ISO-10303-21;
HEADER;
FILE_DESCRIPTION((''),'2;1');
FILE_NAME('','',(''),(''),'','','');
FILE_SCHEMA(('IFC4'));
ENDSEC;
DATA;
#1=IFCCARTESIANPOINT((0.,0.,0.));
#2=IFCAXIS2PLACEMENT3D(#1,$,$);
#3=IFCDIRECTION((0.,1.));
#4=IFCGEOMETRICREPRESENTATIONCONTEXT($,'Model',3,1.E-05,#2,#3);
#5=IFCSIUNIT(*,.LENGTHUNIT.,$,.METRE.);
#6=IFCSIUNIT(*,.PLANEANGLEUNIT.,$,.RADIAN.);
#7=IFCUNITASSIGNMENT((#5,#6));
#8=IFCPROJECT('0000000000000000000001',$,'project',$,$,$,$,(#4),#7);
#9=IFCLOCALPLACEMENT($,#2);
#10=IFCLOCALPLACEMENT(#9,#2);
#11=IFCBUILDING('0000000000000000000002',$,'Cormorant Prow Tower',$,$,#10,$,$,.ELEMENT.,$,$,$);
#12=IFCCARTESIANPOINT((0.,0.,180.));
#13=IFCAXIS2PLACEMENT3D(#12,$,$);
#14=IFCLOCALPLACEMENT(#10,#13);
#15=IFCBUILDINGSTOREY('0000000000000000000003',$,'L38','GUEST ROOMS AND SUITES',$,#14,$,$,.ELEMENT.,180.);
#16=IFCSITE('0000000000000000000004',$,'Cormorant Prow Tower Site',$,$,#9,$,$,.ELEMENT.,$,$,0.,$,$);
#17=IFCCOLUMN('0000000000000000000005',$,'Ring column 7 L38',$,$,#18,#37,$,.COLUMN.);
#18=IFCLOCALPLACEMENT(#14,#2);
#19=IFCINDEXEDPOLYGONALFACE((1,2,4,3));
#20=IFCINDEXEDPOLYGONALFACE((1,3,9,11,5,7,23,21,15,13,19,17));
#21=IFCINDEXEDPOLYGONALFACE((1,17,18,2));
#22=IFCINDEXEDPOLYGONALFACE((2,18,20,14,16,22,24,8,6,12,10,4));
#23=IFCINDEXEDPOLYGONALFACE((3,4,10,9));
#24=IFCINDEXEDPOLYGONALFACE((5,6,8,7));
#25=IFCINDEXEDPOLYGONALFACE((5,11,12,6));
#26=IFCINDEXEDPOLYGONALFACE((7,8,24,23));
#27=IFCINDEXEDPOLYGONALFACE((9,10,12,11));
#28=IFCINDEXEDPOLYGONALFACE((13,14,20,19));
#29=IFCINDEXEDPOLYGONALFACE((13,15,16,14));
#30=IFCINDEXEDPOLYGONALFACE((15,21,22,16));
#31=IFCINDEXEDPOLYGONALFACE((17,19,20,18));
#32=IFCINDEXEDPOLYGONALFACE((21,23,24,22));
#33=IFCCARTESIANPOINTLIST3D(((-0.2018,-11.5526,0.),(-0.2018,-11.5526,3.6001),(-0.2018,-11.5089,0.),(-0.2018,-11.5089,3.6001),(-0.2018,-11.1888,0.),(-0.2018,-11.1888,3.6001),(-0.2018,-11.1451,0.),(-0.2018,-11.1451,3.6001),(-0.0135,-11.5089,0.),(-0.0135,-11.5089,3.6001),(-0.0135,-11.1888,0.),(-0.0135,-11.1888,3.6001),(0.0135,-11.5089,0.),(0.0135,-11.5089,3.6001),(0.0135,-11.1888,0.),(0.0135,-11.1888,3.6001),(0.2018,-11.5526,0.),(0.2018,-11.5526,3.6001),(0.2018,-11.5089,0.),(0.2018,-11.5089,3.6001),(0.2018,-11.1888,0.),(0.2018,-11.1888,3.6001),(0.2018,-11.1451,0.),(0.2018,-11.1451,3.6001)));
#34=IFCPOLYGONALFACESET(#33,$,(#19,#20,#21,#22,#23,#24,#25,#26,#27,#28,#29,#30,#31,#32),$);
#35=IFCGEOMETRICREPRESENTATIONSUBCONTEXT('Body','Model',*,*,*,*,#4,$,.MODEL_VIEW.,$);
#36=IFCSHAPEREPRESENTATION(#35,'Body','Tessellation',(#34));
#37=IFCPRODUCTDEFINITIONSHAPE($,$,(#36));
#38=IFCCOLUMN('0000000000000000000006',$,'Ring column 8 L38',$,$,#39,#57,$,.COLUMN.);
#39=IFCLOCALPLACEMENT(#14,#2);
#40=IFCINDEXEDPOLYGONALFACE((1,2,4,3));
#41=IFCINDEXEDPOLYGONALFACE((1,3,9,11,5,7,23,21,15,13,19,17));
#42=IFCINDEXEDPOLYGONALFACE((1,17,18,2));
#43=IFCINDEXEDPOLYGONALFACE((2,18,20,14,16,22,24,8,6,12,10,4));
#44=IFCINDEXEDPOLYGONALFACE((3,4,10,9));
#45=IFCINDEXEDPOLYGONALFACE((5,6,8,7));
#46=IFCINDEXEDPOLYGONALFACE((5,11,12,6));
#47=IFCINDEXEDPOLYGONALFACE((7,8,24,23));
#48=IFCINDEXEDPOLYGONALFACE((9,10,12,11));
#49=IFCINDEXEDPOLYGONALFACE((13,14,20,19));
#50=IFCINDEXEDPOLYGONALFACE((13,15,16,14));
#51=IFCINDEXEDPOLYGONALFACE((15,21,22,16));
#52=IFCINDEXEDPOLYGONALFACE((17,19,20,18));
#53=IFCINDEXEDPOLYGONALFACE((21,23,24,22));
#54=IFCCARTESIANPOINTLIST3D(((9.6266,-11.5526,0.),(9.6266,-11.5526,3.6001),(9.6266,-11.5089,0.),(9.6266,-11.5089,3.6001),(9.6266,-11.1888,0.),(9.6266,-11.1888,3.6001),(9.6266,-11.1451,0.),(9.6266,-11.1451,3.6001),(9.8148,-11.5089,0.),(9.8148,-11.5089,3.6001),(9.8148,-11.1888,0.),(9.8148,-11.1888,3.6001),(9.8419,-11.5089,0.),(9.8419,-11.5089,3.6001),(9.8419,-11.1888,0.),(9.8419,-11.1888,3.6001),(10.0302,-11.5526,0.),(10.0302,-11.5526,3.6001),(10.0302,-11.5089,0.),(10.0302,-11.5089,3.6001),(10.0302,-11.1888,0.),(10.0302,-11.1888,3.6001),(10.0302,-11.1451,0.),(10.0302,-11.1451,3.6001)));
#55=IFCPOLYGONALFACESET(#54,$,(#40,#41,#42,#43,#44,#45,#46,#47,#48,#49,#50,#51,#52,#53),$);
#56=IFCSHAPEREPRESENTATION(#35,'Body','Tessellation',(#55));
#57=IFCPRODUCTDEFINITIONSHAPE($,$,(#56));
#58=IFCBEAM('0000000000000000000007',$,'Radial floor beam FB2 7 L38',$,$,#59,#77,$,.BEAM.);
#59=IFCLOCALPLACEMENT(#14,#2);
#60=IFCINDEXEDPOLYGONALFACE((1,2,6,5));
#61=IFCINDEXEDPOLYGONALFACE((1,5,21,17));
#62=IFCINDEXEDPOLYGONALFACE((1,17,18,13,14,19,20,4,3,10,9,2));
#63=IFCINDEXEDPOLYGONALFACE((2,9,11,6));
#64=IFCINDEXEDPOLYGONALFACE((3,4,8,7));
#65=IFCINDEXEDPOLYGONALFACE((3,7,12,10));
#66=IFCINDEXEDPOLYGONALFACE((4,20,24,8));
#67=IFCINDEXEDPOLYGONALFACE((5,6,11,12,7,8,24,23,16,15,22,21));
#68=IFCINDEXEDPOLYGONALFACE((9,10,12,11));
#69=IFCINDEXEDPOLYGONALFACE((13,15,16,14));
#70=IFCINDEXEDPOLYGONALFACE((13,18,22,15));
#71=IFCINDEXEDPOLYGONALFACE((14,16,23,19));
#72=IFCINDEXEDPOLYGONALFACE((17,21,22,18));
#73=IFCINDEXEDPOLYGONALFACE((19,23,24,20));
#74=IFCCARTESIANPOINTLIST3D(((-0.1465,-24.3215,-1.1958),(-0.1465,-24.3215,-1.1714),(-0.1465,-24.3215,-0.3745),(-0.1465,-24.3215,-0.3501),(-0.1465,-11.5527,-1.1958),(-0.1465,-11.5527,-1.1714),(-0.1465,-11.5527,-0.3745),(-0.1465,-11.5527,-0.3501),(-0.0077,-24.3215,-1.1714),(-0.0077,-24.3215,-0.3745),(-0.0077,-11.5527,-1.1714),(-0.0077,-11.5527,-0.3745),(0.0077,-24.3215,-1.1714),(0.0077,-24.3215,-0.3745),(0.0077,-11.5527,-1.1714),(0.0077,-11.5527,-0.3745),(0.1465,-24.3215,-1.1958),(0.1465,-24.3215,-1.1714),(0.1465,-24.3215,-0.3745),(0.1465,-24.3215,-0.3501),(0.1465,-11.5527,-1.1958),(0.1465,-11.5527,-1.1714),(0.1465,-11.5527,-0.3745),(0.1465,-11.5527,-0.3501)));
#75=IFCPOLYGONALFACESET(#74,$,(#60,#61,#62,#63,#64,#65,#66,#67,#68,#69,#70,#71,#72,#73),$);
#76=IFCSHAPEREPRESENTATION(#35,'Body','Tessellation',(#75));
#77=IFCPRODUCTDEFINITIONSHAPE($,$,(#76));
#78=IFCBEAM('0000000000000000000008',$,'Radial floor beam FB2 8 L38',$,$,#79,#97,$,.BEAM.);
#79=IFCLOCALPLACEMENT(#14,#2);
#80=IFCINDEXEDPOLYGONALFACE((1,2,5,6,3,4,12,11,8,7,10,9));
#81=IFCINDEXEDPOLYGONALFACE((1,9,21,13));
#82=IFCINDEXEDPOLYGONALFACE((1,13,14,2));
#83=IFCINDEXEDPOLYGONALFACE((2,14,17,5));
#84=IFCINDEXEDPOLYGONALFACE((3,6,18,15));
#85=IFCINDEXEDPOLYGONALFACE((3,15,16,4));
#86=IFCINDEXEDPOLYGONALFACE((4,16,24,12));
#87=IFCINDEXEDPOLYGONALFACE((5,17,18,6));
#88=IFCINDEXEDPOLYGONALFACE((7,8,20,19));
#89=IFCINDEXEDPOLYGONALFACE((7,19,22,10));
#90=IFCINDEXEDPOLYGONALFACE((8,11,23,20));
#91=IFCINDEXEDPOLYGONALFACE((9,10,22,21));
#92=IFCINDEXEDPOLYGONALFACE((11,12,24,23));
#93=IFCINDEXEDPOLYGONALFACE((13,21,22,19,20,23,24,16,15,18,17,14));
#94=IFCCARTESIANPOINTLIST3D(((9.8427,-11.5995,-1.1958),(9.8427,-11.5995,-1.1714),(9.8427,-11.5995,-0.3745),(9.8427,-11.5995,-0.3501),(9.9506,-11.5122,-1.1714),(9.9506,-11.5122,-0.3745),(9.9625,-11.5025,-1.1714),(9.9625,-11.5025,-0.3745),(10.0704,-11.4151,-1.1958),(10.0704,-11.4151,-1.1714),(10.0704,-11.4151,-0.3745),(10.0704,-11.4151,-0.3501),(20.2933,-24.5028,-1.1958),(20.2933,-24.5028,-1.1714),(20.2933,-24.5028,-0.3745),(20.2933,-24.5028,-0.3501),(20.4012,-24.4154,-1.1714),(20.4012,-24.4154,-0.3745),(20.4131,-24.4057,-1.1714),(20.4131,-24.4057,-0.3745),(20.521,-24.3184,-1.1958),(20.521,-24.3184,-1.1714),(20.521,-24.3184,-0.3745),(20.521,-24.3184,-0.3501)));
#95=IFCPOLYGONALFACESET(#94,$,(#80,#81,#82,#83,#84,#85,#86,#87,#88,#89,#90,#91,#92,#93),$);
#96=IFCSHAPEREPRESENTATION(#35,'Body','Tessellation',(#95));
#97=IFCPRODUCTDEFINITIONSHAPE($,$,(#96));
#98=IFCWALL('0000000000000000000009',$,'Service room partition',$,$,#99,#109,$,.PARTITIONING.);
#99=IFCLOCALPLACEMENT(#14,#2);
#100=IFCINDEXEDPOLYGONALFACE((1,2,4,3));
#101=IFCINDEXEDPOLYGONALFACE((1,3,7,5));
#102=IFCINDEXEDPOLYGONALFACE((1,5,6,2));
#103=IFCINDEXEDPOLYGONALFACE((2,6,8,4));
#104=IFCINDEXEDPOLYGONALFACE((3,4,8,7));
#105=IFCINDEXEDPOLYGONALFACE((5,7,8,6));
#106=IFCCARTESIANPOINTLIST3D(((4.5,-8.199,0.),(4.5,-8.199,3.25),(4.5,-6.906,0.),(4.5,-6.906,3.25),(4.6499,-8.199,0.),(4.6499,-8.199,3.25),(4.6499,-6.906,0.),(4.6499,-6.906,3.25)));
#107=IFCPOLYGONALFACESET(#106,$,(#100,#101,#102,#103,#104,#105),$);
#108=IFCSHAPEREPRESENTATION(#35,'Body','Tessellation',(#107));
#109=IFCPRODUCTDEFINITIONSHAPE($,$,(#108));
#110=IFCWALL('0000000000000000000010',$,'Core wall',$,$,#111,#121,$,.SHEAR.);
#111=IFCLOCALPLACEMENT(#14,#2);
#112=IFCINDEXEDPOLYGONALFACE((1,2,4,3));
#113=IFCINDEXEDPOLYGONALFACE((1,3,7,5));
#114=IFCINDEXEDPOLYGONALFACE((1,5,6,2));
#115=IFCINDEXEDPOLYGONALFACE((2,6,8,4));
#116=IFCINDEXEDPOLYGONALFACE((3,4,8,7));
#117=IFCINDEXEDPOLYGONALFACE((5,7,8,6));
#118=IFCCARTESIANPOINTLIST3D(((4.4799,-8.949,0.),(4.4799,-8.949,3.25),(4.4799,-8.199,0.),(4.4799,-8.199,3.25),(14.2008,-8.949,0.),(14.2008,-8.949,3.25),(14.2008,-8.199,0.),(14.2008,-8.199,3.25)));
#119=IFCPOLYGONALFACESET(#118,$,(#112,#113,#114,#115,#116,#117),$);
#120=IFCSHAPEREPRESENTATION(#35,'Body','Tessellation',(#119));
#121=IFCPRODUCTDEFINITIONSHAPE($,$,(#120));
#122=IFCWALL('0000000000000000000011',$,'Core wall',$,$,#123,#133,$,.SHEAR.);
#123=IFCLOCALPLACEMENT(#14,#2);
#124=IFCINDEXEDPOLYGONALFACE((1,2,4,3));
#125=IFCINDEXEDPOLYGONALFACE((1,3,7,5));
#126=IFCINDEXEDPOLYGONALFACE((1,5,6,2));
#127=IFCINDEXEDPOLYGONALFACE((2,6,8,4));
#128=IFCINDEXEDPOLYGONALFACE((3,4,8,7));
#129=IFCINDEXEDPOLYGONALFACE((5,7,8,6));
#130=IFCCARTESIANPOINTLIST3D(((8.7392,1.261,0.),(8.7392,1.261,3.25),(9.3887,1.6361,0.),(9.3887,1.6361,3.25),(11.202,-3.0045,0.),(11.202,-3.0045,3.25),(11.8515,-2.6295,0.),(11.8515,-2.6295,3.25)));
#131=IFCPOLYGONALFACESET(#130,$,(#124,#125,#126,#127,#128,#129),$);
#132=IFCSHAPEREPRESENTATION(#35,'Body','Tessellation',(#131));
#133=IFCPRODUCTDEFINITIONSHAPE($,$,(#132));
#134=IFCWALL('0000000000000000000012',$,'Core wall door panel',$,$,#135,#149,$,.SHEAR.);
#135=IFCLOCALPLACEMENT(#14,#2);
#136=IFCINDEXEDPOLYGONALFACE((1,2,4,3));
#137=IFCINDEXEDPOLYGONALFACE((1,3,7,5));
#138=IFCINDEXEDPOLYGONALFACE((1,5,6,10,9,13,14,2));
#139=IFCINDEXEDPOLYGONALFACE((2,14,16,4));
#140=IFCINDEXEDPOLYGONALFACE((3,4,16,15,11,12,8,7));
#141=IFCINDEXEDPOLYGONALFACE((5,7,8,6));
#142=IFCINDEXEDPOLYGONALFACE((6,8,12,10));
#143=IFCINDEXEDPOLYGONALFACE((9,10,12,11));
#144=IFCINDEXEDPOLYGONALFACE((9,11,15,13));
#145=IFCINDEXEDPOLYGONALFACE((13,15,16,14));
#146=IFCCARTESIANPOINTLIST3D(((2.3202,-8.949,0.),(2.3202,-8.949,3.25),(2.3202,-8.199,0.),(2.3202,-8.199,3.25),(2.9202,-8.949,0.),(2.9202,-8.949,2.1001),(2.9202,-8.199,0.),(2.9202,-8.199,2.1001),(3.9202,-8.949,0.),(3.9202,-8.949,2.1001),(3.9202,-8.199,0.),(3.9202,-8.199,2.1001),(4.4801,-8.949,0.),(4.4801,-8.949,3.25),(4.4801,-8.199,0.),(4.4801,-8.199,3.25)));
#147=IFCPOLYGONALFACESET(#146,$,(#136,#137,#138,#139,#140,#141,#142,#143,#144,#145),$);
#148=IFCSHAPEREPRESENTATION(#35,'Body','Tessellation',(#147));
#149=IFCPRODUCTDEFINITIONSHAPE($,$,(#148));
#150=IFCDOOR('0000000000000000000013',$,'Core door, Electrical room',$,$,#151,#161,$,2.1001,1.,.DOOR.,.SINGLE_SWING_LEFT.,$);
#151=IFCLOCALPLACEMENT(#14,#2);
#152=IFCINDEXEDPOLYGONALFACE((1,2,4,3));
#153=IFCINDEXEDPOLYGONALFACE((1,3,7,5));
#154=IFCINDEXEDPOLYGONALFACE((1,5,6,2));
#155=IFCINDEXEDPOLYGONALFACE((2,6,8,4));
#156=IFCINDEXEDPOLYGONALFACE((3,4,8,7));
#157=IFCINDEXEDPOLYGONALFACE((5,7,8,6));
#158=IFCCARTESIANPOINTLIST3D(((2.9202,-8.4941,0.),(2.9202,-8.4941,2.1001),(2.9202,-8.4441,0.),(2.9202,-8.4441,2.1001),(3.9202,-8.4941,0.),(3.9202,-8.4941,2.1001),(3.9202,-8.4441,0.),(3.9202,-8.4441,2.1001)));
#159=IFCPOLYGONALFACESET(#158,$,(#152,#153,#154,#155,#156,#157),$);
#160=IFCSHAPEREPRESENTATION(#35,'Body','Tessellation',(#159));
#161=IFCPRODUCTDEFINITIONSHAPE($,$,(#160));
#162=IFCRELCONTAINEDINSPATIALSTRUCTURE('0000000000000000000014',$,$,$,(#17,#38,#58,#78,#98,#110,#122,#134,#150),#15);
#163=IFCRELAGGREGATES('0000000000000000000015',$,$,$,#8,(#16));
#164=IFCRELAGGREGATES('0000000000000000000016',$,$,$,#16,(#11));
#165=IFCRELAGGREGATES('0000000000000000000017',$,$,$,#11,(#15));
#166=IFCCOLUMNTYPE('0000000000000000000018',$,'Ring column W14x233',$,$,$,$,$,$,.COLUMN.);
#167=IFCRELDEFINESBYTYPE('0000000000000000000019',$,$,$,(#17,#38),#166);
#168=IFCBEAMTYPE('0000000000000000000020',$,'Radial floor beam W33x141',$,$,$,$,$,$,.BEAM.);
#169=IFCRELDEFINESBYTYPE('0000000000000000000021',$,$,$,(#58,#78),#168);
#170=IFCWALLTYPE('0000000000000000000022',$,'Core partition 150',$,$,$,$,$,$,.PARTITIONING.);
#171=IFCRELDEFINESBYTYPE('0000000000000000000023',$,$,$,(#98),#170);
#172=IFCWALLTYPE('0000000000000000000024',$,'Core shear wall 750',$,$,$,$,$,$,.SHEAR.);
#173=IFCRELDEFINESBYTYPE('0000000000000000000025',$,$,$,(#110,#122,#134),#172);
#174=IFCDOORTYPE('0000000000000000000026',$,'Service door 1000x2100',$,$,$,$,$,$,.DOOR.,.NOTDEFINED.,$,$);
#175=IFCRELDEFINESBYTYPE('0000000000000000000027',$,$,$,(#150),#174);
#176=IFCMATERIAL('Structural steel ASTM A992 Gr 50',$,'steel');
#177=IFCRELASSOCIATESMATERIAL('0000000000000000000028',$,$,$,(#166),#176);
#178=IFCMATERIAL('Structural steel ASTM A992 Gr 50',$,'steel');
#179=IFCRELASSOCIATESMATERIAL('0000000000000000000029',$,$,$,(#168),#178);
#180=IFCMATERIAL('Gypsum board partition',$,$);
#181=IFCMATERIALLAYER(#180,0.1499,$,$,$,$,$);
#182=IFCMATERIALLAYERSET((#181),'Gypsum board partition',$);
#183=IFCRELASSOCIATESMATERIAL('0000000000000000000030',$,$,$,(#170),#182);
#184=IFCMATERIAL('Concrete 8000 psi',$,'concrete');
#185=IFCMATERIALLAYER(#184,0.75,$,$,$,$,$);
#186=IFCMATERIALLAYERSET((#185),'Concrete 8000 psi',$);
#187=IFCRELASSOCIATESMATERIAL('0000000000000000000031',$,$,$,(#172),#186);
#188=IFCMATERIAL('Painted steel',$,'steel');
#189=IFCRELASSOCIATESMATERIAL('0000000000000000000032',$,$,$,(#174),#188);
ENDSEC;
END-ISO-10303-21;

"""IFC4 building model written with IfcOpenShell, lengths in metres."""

from ifc_helpers import new_model, si_unit, direction, frame, frame_2d, origin, origin_2d, place, context, subcontext, project, spatial, rectangle, i_section, extrude, material, layer, layer_set, material_profile, profile_set, type_object, element, fill, save


model = new_model("IFC4")

# Units and contexts
model_context = context("Model", 3, precision=1e-05, world=origin(), true_north=direction((0.0, 1.0)))
body_context = subcontext(model_context, "Body", "Model", "MODEL_VIEW")
ifc_project = project(units=[si_unit("LENGTHUNIT", "METRE"), si_unit("PLANEANGLEUNIT", "RADIAN")], contexts=[model_context])

# Site, building, storey
site_placement = place(None, origin())
site = spatial("IfcSite", under=ifc_project, at=site_placement, Name="Cormorant Prow Tower Site", CompositionType="ELEMENT", RefElevation=0.0)
building_placement = place(site_placement, origin())
building = spatial("IfcBuilding", under=site, at=building_placement, Name="Cormorant Prow Tower", CompositionType="ELEMENT")
storey_placement = place(building_placement, frame((0.0, 0.0, 180.0)))
storey = spatial("IfcBuildingStorey", under=building, at=storey_placement, Name="L38", Description="GUEST ROOMS AND SUITES", CompositionType="ELEMENT", Elevation=180.0)

# Columns
ifc_material_1 = material(Name="Structural steel ASTM A992 Gr 50", Category="steel")
ifc_material_profile_1 = material_profile(ifc_material_1, i_section(OverallWidth=0.4036, OverallDepth=0.4075, WebThickness=0.0271, FlangeThickness=0.0437, at=origin_2d()), Name="W14x233")
ifc_profile_set_1 = profile_set([ifc_material_profile_1], Name="Structural steel ASTM A992 Gr 50")
column_type = type_object("IfcColumnType", Name="Ring column W14x233", PredefinedType="COLUMN", material=ifc_profile_set_1)
for number, where, z_axis, x_axis, name in (
    (1, (0.0, -11.3489, 0.0), (0.0, 0.0, 1.0), (1.0, 0.0, 0.0), "Ring column 7 L38"),
    (2, (9.8284, -11.3489, 0.0), (0.0, 0.0, 1.0), (1.0, 0.0, 0.0), "Ring column 8 L38"),
):
    element("IfcColumn", number, at=place(storey_placement, frame(where, z_axis=z_axis, x_axis=x_axis)), inside=storey, type_object=column_type, Name=name, PredefinedType="COLUMN", context=body_context, shape_type="SweptSolid", body=[
        extrude(i_section(OverallWidth=0.4036, OverallDepth=0.4075, WebThickness=0.0271, FlangeThickness=0.0437, at=origin_2d()), origin(), (0.0, 0.0, 1.0), 3.6001),
    ])

# Beams
ifc_material_2 = material(Name="Structural steel ASTM A992 Gr 50", Category="steel")
ifc_material_profile_2 = material_profile(ifc_material_2, i_section(OverallWidth=0.293, OverallDepth=0.8457, WebThickness=0.0154, FlangeThickness=0.0244, at=origin_2d()), Name="W33x141")
ifc_profile_set_2 = profile_set([ifc_material_profile_2], Name="Structural steel ASTM A992 Gr 50")
beam_type = type_object("IfcBeamType", Name="Radial floor beam W33x141", PredefinedType="BEAM", material=ifc_profile_set_2)
beam_1_placement = place(storey_placement, frame((0.0, -11.5527, -0.7729), z_axis=(0.0, -1.0, 0.0), x_axis=(1.0, 0.0, 0.0)))
element("IfcBeam", 3, at=beam_1_placement, inside=storey, type_object=beam_type, Name="Radial floor beam FB2 7 L38", PredefinedType="BEAM", context=body_context, shape_type="SweptSolid", body=[
    extrude(i_section(OverallWidth=0.293, OverallDepth=0.8457, WebThickness=0.0154, FlangeThickness=0.0244, at=origin_2d()), origin(), (0.0, 0.0, 1.0), 12.7688),
])
beam_2_placement = place(storey_placement, frame((9.9565, -11.5073, -0.7729), z_axis=(0.629385, -0.777094, 0.0), x_axis=(0.777094, 0.629385, 0.0)))
element("IfcBeam", 4, at=beam_2_placement, inside=storey, type_object=beam_type, Name="Radial floor beam FB2 8 L38", PredefinedType="BEAM", context=body_context, shape_type="SweptSolid", body=[
    extrude(i_section(OverallWidth=0.293, OverallDepth=0.8457, WebThickness=0.0154, FlangeThickness=0.0244, at=origin_2d()), origin(), (0.0, 0.0, 1.0), 16.6045),
])

# Walls
ifc_material_3 = material(Name="Gypsum board partition")
ifc_layer_1 = layer(ifc_material_3, 0.1499)
ifc_layer_set_1 = layer_set([ifc_layer_1], Name="Gypsum board partition")
wall_type_1 = type_object("IfcWallType", Name="Core partition 150", PredefinedType="PARTITIONING", material=ifc_layer_set_1)
wall_1_placement = place(storey_placement, frame((4.575, -6.906, 0.0), z_axis=(0.0, 0.0, 1.0), x_axis=(0.0, -1.0, 0.0)))
element("IfcWall", 5, at=wall_1_placement, inside=storey, type_object=wall_type_1, Name="Service room partition", PredefinedType="PARTITIONING", context=body_context, shape_type="SweptSolid", body=[
    extrude(rectangle(XDim=1.293, YDim=0.1499, at=frame_2d((0.6465, 0.0))), origin(), (0.0, 0.0, 1.0), 3.25),
])
ifc_material_4 = material(Name="Concrete 8000 psi", Category="concrete")
ifc_layer_2 = layer(ifc_material_4, 0.75)
ifc_layer_set_2 = layer_set([ifc_layer_2], Name="Concrete 8000 psi")
wall_type_2 = type_object("IfcWallType", Name="Core shear wall 750", PredefinedType="SHEAR", material=ifc_layer_set_2)
wall_2_placement = place(storey_placement, frame((4.48, -8.574, 0.0), z_axis=(0.0, 0.0, 1.0), x_axis=(1.0, 0.0, 0.0)))
element("IfcWall", 6, at=wall_2_placement, inside=storey, type_object=wall_type_2, Name="Core wall", PredefinedType="SHEAR", context=body_context, shape_type="SweptSolid", body=[
    extrude(rectangle(XDim=9.7209, YDim=0.75, at=frame_2d((4.8604, 0.0))), origin(), (0.0, 0.0, 1.0), 3.25),
])
wall_3_placement = place(storey_placement, frame((11.5269, -2.8171, 0.0), z_axis=(0.0, 0.0, 1.0), x_axis=(-0.50002, 0.866014, 0.0)))
element("IfcWall", 7, at=wall_3_placement, inside=storey, type_object=wall_type_2, Name="Core wall", PredefinedType="SHEAR", context=body_context, shape_type="SweptSolid", body=[
    extrude(rectangle(XDim=4.9255, YDim=0.75, at=frame_2d((2.4629, 0.0))), origin(), (0.0, 0.0, 1.0), 3.25),
])

# Wall, opening, door
wall_4_placement = place(storey_placement, frame((2.3201, -8.574, 0.0), z_axis=(0.0, 0.0, 1.0), x_axis=(1.0, 0.0, 0.0)))
wall_4 = element("IfcWall", 8, at=wall_4_placement, inside=storey, type_object=wall_type_2, Name="Core wall door panel", PredefinedType="SHEAR", context=body_context, shape_type="SweptSolid", body=[
    extrude(rectangle(XDim=2.1599, YDim=0.75, at=frame_2d((1.0801, 0.0))), origin(), (0.0, 0.0, 1.0), 3.25),
])
opening_1_placement = place(wall_4_placement, frame((0.6001, 0.0, 0.0)))
opening_1 = element("IfcOpeningElement", 9, at=opening_1_placement, cuts=wall_4, PredefinedType="OPENING", context=body_context, shape_type="SweptSolid", body=[
    extrude(rectangle(XDim=1.0, YDim=2.1001, at=frame_2d((0.5, 1.05))), frame((0.0, 0.385, 0.0), z_axis=(0.0, -1.0, 0.0), x_axis=(1.0, 0.0, 0.0)), (0.0, 0.0, 1.0), 0.77),
])
ifc_material_5 = material(Name="Painted steel", Category="steel")
door_type_1 = type_object("IfcDoorType", Name="Service door 1000x2100", OperationType="NOTDEFINED", PredefinedType="DOOR", material=ifc_material_5)
door_1_placement = place(opening_1_placement, origin())
door_1 = element("IfcDoor", 10, at=door_1_placement, inside=storey, type_object=door_type_1, Name="Core door, Electrical room", OperationType="SINGLE_SWING_LEFT", OverallHeight=2.1001, OverallWidth=1.0, PredefinedType="DOOR", context=body_context, shape_type="SweptSolid", body=[
    extrude(rectangle(XDim=1.0, YDim=2.1001, at=frame_2d((0.5, 1.05))), frame((0.0, 0.1299, 0.0), z_axis=(0.0, -1.0, 0.0), x_axis=(1.0, 0.0, 0.0)), (0.0, 0.0, 1.0), 0.05),
])
fill(opening_1, door_1)

save(model, "model.ifc")
